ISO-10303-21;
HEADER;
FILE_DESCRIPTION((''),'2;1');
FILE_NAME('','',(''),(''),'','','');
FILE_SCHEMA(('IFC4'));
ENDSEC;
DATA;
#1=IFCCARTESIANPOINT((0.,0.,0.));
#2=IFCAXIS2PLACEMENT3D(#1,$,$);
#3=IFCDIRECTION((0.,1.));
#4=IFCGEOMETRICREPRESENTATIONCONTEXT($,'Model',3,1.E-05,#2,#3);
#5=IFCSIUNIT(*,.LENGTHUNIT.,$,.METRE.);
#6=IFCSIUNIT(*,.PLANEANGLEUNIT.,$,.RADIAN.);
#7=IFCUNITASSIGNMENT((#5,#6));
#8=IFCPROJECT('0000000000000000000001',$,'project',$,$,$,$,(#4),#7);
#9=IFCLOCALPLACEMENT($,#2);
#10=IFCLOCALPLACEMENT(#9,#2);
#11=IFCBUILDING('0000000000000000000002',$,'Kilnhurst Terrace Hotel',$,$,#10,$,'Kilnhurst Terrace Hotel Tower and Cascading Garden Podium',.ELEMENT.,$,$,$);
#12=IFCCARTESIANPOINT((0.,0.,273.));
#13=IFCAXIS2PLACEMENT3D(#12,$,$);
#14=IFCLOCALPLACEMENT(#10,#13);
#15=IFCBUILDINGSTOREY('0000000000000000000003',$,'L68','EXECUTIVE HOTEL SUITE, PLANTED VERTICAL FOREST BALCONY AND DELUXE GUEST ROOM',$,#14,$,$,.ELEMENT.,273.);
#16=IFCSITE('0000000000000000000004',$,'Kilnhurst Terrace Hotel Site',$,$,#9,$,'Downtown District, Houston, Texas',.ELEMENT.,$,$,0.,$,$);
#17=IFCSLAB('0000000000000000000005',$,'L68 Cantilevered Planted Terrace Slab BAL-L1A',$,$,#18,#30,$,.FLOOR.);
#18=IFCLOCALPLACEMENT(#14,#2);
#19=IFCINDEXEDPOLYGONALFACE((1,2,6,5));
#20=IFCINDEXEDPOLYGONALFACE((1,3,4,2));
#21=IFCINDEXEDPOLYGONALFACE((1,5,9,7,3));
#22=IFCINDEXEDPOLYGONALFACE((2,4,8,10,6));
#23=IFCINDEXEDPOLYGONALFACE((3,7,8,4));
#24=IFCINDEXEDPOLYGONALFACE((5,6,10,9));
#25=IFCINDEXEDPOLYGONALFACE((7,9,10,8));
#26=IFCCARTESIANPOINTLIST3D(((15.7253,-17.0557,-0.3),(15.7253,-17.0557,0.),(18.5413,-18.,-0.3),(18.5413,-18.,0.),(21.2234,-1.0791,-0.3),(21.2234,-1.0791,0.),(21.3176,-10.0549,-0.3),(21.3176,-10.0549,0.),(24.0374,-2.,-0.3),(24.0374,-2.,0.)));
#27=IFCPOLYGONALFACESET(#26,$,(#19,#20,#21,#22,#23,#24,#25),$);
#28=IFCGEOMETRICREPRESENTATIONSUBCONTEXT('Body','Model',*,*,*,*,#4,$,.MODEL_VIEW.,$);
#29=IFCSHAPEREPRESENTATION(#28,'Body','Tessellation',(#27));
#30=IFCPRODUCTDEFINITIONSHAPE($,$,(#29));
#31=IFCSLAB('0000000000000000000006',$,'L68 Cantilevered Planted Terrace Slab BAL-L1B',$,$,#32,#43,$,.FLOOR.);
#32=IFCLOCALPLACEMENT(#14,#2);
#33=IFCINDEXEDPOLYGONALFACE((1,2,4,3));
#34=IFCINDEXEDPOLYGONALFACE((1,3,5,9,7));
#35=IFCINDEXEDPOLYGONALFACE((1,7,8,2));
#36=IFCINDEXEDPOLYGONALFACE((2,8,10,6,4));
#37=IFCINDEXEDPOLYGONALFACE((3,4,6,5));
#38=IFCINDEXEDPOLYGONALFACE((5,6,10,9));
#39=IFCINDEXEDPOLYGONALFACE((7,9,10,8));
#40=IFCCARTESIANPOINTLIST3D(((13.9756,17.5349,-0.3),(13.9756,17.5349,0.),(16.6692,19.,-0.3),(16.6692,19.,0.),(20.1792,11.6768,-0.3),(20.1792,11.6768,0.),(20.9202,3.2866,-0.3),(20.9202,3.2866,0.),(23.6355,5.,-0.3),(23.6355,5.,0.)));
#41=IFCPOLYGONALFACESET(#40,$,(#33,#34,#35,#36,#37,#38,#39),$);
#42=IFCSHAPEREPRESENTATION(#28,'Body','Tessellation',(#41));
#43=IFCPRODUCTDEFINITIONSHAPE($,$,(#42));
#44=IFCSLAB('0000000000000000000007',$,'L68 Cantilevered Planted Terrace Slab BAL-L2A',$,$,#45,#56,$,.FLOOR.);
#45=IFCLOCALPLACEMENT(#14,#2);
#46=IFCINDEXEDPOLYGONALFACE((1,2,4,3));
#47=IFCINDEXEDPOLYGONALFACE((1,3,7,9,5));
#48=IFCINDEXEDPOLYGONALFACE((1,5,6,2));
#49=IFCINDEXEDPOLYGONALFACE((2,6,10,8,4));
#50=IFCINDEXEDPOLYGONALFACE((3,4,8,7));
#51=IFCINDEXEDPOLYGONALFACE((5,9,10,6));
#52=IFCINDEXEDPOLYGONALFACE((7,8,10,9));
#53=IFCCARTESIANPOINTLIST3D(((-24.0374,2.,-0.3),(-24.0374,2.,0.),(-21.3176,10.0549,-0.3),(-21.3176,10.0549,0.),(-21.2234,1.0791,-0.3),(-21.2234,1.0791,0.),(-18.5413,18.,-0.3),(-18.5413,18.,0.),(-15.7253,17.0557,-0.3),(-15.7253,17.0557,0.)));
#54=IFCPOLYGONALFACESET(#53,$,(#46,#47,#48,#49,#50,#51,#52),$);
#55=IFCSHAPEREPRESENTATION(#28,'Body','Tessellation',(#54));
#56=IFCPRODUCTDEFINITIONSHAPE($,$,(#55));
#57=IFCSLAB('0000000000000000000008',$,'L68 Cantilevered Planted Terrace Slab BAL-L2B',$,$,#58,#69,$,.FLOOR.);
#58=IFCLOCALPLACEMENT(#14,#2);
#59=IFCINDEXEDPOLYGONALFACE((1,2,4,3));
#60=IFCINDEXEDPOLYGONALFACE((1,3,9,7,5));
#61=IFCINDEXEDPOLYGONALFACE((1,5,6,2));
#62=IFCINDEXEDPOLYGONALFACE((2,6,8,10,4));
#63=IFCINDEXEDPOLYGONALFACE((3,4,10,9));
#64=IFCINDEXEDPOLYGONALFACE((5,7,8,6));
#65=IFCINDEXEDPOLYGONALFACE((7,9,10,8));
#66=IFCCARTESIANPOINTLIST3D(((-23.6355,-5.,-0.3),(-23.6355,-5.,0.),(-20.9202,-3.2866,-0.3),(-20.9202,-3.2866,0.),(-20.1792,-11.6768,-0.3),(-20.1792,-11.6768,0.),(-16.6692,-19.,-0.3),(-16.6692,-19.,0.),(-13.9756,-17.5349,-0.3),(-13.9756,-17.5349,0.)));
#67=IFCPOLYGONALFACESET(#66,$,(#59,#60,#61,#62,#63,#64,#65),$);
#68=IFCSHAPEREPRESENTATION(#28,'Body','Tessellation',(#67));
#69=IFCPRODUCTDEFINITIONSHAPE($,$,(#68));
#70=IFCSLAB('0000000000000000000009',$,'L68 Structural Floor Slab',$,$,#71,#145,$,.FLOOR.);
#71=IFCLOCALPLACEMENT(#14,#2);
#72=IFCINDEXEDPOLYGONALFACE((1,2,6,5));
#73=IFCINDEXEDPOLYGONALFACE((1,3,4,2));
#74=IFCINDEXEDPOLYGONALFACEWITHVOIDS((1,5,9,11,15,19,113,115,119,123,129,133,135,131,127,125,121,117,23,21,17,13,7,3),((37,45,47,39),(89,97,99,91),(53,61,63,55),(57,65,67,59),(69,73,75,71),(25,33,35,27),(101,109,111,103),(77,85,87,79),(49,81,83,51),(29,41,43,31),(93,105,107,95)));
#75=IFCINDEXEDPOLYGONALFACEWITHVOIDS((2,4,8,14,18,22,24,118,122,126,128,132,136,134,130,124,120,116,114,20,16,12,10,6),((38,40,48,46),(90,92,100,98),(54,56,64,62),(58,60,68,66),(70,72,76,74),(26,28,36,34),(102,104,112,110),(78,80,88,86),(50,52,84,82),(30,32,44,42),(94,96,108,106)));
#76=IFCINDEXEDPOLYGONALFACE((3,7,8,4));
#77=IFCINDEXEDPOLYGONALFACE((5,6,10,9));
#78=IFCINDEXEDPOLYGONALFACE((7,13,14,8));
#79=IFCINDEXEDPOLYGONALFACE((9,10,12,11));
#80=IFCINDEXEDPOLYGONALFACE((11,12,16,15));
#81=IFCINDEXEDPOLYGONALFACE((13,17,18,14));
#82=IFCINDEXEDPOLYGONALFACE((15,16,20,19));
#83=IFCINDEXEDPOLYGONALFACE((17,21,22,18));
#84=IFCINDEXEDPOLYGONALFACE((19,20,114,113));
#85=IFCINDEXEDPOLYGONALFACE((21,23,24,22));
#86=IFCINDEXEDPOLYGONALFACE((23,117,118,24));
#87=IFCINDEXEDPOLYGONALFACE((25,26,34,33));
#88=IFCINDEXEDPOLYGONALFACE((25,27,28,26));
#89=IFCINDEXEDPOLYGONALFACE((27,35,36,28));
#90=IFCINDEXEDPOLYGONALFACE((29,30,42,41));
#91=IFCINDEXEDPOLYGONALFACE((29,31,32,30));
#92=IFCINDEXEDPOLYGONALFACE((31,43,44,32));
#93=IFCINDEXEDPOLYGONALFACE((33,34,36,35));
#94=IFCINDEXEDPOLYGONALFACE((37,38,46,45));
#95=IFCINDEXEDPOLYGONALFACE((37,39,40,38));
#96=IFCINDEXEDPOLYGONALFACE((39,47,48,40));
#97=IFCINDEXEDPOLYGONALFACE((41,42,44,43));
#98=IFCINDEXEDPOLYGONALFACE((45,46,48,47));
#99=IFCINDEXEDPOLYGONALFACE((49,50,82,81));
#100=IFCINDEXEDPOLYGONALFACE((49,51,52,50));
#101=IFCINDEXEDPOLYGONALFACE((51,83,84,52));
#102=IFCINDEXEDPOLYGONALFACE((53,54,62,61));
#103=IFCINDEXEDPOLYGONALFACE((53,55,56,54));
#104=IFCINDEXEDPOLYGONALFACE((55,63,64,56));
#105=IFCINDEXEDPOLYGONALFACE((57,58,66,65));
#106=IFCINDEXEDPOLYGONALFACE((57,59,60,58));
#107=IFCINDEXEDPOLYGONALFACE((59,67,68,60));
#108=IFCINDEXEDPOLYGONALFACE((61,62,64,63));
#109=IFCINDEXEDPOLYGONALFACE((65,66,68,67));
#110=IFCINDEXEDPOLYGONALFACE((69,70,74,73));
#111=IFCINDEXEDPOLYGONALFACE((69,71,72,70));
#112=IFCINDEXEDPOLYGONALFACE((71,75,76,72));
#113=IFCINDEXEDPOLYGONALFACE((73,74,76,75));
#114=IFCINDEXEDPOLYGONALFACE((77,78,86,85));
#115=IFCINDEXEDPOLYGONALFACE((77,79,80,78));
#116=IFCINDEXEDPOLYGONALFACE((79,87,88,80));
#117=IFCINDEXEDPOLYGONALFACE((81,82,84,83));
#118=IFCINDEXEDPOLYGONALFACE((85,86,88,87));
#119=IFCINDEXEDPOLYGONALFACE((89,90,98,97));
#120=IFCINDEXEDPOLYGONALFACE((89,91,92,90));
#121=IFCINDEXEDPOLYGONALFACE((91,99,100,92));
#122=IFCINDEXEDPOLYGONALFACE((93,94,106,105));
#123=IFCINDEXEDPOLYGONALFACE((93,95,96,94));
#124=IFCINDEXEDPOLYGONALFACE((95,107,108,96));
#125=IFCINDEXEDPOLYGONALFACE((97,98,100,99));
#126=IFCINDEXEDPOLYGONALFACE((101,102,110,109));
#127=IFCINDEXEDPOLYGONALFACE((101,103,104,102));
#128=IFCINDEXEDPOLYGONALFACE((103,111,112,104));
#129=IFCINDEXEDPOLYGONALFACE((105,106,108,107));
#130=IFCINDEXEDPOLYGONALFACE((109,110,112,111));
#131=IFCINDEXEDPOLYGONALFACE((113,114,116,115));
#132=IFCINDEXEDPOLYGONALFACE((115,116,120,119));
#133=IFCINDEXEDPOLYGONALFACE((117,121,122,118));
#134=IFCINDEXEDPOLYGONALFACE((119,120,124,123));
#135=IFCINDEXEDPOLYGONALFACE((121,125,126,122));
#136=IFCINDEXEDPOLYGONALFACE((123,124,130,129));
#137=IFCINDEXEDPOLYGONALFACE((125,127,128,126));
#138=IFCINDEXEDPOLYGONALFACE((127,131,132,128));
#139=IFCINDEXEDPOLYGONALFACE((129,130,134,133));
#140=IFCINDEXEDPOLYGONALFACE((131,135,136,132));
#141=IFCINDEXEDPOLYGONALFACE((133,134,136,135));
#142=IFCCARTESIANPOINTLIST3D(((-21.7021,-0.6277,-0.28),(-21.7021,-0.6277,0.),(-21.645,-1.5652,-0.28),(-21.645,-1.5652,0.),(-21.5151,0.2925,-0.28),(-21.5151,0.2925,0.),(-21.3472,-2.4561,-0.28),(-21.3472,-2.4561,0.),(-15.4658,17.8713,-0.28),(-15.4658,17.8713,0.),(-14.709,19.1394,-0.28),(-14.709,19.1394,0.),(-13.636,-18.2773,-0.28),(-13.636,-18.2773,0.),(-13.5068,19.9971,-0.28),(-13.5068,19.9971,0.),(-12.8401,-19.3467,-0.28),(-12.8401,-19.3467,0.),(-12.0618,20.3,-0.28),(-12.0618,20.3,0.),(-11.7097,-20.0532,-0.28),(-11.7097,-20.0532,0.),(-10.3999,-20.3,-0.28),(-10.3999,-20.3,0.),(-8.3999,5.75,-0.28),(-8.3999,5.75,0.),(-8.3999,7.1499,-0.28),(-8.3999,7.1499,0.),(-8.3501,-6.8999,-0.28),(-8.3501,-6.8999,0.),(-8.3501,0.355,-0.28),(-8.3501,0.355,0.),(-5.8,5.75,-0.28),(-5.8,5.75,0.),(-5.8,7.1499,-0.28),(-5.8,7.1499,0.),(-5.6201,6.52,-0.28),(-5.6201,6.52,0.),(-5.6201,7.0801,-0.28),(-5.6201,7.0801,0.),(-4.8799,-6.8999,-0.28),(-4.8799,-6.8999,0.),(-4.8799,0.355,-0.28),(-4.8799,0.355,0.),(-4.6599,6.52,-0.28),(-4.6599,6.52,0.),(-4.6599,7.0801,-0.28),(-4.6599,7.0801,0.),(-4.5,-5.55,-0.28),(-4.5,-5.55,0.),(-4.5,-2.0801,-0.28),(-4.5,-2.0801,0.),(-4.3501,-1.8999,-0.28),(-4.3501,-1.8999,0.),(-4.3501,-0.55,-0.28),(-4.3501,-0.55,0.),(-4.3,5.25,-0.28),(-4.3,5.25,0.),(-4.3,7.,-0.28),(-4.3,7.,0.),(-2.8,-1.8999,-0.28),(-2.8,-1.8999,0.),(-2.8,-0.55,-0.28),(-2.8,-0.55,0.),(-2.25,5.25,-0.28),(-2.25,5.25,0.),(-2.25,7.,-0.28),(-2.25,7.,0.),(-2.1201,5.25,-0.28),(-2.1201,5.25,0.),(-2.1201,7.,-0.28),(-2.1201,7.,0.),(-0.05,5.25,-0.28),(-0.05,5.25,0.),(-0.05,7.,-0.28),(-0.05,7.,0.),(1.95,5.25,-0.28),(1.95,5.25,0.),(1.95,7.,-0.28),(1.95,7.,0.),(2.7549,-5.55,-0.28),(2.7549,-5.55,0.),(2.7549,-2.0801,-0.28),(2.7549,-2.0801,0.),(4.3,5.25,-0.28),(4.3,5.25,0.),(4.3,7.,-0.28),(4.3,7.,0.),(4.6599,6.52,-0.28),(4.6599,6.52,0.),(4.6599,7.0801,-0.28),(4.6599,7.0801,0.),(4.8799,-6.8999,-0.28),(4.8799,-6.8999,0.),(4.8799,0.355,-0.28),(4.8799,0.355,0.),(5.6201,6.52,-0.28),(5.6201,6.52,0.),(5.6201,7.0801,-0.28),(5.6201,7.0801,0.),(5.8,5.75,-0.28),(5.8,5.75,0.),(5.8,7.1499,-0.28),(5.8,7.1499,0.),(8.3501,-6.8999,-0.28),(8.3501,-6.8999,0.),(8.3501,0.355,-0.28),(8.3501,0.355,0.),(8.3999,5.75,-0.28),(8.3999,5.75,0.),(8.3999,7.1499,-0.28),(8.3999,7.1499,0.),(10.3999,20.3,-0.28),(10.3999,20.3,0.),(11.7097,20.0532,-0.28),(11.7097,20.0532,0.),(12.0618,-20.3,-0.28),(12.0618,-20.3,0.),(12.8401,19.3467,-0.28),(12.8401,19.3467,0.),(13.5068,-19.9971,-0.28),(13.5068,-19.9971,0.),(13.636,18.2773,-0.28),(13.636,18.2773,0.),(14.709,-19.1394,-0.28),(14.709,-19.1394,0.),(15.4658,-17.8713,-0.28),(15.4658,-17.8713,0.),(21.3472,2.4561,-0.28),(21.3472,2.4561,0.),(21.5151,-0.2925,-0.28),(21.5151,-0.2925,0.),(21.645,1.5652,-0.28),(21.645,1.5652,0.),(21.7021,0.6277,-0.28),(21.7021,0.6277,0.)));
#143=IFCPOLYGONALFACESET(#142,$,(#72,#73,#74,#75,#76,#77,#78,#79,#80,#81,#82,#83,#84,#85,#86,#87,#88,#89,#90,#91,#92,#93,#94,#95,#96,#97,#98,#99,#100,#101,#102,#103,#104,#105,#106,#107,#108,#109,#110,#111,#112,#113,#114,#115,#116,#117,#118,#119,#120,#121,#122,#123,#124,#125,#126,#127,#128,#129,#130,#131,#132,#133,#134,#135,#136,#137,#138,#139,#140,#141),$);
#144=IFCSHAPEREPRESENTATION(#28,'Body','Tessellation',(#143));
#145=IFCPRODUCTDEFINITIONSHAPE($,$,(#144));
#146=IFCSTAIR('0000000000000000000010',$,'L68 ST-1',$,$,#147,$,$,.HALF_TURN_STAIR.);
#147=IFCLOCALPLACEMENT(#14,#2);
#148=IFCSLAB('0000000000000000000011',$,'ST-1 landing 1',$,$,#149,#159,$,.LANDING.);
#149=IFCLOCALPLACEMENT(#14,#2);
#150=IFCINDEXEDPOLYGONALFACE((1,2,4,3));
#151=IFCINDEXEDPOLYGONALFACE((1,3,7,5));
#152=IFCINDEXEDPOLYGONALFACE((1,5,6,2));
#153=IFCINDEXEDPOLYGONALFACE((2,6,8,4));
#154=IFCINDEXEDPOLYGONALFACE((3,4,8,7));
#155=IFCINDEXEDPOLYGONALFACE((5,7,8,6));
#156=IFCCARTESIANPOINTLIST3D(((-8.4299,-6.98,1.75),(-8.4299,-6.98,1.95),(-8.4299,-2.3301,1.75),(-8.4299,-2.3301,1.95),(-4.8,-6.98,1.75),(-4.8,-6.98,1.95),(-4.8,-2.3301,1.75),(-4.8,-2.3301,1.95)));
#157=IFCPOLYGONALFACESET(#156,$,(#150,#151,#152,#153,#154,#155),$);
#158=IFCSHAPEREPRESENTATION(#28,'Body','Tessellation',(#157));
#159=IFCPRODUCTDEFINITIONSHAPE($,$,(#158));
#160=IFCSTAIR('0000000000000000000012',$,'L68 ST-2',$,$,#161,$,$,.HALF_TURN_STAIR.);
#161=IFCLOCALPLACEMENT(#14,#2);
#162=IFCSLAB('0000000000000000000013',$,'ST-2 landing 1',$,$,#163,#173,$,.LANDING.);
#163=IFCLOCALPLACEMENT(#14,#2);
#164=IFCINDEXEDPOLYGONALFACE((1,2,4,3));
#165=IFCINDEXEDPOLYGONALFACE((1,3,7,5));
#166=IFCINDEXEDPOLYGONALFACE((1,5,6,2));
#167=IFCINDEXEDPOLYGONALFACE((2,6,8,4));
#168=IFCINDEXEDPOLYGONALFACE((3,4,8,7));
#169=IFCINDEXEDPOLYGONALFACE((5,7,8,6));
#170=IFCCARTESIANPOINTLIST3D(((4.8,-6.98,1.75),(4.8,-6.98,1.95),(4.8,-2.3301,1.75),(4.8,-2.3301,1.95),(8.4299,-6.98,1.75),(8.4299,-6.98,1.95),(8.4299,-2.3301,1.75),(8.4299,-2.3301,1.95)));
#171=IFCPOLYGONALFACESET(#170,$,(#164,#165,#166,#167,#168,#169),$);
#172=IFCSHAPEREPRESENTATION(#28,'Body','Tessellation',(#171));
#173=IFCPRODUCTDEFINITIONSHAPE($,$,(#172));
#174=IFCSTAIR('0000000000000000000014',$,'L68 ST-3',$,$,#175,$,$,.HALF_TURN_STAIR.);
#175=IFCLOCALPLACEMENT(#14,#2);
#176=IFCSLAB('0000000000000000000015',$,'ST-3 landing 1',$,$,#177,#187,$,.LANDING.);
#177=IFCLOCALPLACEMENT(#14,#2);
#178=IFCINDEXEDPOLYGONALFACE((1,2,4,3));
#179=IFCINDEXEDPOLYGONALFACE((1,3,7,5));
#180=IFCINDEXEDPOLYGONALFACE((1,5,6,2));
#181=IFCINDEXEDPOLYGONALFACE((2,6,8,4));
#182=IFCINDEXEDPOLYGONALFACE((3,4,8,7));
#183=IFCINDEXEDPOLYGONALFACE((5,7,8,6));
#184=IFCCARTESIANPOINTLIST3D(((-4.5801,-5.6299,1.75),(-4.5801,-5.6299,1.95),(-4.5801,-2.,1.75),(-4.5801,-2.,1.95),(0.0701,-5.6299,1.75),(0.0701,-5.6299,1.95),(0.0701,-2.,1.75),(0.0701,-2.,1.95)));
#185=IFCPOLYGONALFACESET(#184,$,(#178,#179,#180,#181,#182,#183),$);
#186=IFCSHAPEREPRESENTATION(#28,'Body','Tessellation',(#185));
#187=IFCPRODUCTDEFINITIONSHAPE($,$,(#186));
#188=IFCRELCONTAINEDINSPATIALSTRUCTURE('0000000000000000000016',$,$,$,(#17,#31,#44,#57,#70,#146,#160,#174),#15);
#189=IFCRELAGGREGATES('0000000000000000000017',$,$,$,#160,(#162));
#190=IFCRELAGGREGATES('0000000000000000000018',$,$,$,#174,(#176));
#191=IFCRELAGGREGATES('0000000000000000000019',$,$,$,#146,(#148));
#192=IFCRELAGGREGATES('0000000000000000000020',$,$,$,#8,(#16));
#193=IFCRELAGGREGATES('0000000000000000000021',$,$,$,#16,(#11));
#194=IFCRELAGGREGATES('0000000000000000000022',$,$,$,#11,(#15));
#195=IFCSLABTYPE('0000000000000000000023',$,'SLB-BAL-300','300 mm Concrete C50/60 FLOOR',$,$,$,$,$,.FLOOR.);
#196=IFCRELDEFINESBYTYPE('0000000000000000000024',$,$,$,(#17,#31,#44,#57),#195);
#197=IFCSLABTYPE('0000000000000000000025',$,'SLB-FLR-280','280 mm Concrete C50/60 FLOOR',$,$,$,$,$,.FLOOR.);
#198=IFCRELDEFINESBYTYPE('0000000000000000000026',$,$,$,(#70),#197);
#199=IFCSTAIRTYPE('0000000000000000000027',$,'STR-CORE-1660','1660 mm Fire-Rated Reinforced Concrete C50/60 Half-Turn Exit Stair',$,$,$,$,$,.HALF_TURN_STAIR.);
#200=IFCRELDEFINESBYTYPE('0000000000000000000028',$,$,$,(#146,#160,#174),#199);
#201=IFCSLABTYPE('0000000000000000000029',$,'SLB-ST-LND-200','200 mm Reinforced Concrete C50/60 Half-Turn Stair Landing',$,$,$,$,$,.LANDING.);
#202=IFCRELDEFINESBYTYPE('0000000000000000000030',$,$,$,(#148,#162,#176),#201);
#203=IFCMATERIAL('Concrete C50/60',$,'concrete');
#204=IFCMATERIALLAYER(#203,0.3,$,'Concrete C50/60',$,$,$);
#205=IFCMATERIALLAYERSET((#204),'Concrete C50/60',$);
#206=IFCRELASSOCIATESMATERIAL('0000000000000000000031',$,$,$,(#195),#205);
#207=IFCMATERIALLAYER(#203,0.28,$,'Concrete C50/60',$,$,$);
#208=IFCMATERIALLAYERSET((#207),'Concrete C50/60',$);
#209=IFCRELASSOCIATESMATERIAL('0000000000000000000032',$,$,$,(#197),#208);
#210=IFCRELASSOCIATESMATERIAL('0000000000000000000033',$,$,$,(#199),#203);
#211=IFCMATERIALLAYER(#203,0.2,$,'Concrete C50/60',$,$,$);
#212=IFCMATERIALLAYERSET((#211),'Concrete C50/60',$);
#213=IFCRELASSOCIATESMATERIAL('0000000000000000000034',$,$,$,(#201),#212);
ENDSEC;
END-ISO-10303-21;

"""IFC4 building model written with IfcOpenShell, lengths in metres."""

from ifc_helpers import new_model, si_unit, direction, frame, origin, place, context, subcontext, project, spatial, polyline, outline, extrude, material, layer, layer_set, type_object, element, aggregate, save


model = new_model("IFC4")

# Units and contexts
model_context = context("Model", 3, precision=1e-05, world=origin(), true_north=direction((0.0, 1.0)))
body_context = subcontext(model_context, "Body", "Model", "MODEL_VIEW")
ifc_project = project(units=[si_unit("LENGTHUNIT", "METRE"), si_unit("PLANEANGLEUNIT", "RADIAN")], contexts=[model_context])

# Site, building, storey
site_placement = place(None, origin())
site = spatial("IfcSite", under=ifc_project, at=site_placement, Name="Kilnhurst Terrace Hotel Site", LongName="Downtown District, Houston, Texas", CompositionType="ELEMENT", RefElevation=0.0)
building_placement = place(site_placement, origin())
building = spatial("IfcBuilding", under=site, at=building_placement, Name="Kilnhurst Terrace Hotel", LongName="Kilnhurst Terrace Hotel Tower and Cascading Garden Podium", CompositionType="ELEMENT")
storey_placement = place(building_placement, frame((0.0, 0.0, 273.0)))
storey = spatial("IfcBuildingStorey", under=building, at=storey_placement, Name="L68", Description="EXECUTIVE HOTEL SUITE, PLANTED VERTICAL FOREST BALCONY AND DELUXE GUEST ROOM", CompositionType="ELEMENT", Elevation=273.0)

# Slabs
ifc_material_1 = material(Name="Concrete C50/60", Category="concrete")
ifc_layer_1 = layer(ifc_material_1, 0.3, Name="Concrete C50/60")
ifc_layer_set_1 = layer_set([ifc_layer_1], Name="Concrete C50/60")
slab_type_1 = type_object("IfcSlabType", Name="SLB-BAL-300", Description="300 mm Concrete C50/60 FLOOR", PredefinedType="FLOOR", material=ifc_layer_set_1)
slab_1_placement = place(storey_placement, frame((0.0, 0.0, -0.3)))
element("IfcSlab", 1, at=slab_1_placement, inside=storey, type_object=slab_type_1, Name="L68 Cantilevered Planted Terrace Slab BAL-L1A", PredefinedType="FLOOR", context=body_context, shape_type="SweptSolid", body=[
    extrude(outline(polyline([(21.3176, -10.0549), (18.5413, -18.0), (15.7253, -17.0557), (21.2234, -1.0791), (24.0374, -2.0), (21.3176, -10.0549)])), origin(), (0.0, 0.0, 1.0), 0.3),
])
slab_2_placement = place(storey_placement, frame((0.0, 0.0, -0.3)))
element("IfcSlab", 2, at=slab_2_placement, inside=storey, type_object=slab_type_1, Name="L68 Cantilevered Planted Terrace Slab BAL-L1B", PredefinedType="FLOOR", context=body_context, shape_type="SweptSolid", body=[
    extrude(outline(polyline([(23.6355, 5.0), (20.9202, 3.2866), (13.9756, 17.5349), (16.6692, 19.0), (20.1792, 11.6768), (23.6355, 5.0)])), origin(), (0.0, 0.0, 1.0), 0.3),
])
slab_3_placement = place(storey_placement, frame((0.0, 0.0, -0.3)))
element("IfcSlab", 3, at=slab_3_placement, inside=storey, type_object=slab_type_1, Name="L68 Cantilevered Planted Terrace Slab BAL-L2A", PredefinedType="FLOOR", context=body_context, shape_type="SweptSolid", body=[
    extrude(outline(polyline([(-18.5413, 18.0), (-15.7253, 17.0557), (-21.2234, 1.0791), (-24.0374, 2.0), (-21.3176, 10.0549), (-18.5413, 18.0)])), origin(), (0.0, 0.0, 1.0), 0.3),
])
slab_4_placement = place(storey_placement, frame((0.0, 0.0, -0.3)))
element("IfcSlab", 4, at=slab_4_placement, inside=storey, type_object=slab_type_1, Name="L68 Cantilevered Planted Terrace Slab BAL-L2B", PredefinedType="FLOOR", context=body_context, shape_type="SweptSolid", body=[
    extrude(outline(polyline([(-23.6355, -5.0), (-20.9202, -3.2866), (-13.9756, -17.5349), (-16.6692, -19.0), (-20.1792, -11.6768), (-23.6355, -5.0)])), origin(), (0.0, 0.0, 1.0), 0.3),
])
ifc_layer_2 = layer(ifc_material_1, 0.28, Name="Concrete C50/60")
ifc_layer_set_2 = layer_set([ifc_layer_2], Name="Concrete C50/60")
slab_type_2 = type_object("IfcSlabType", Name="SLB-FLR-280", Description="280 mm Concrete C50/60 FLOOR", PredefinedType="FLOOR", material=ifc_layer_set_2)
slab_5_placement = place(storey_placement, frame((0.0, 0.0, -0.28)))
element("IfcSlab", 5, at=slab_5_placement, inside=storey, type_object=slab_type_2, Name="L68 Structural Floor Slab", PredefinedType="FLOOR", context=body_context, shape_type="SweptSolid", body=[
    extrude(outline(polyline([(-13.636, -18.2773), (-12.8401, -19.3467), (-11.7097, -20.0532), (-10.3999, -20.3), (12.0618, -20.3), (13.5068, -19.9971), (14.709, -19.1394), (15.4658, -17.8713), (21.5151, -0.2925), (21.7021, 0.6277), (21.645, 1.5652), (21.3472, 2.4561), (13.636, 18.2773), (12.8401, 19.3467), (11.7097, 20.0532), (10.3999, 20.3), (-12.0618, 20.3), (-13.5068, 19.9971), (-14.709, 19.1394), (-15.4658, 17.8713), (-21.5151, 0.2925), (-21.7021, -0.6277), (-21.645, -1.5652), (-21.3472, -2.4561), (-13.636, -18.2773)]), holes=[polyline([(-8.3501, 0.355), (-4.8799, 0.355), (-4.8799, -6.8999), (-8.3501, -6.8999), (-8.3501, 0.355)]), polyline([(-2.8, -1.8999), (-4.3501, -1.8999), (-4.3501, -0.55), (-2.8, -0.55), (-2.8, -1.8999)]), polyline([(-2.25, 5.25), (-4.3, 5.25), (-4.3, 7.0), (-2.25, 7.0), (-2.25, 5.25)]), polyline([(-2.1201, 5.25), (-2.1201, 7.0), (-0.05, 7.0), (-0.05, 5.25), (-2.1201, 5.25)]), polyline([(-8.3999, 5.75), (-8.3999, 7.1499), (-5.8, 7.1499), (-5.8, 5.75), (-8.3999, 5.75)]), polyline([(-4.6599, 6.52), (-5.6201, 6.52), (-5.6201, 7.0801), (-4.6599, 7.0801), (-4.6599, 6.52)]), polyline([(2.7549, -5.55), (-4.5, -5.55), (-4.5, -2.0801), (2.7549, -2.0801), (2.7549, -5.55)]), polyline([(8.3501, 0.355), (8.3501, -6.8999), (4.8799, -6.8999), (4.8799, 0.355), (8.3501, 0.355)]), polyline([(4.3, 5.25), (1.95, 5.25), (1.95, 7.0), (4.3, 7.0), (4.3, 5.25)]), polyline([(5.8, 5.75), (5.8, 7.1499), (8.3999, 7.1499), (8.3999, 5.75), (5.8, 5.75)]), polyline([(4.6599, 6.52), (4.6599, 7.0801), (5.6201, 7.0801), (5.6201, 6.52), (4.6599, 6.52)])]), origin(), (0.0, 0.0, 1.0), 0.28),
])

# Stairs, slabs
stair_type = type_object("IfcStairType", Name="STR-CORE-1660", Description="1660 mm Fire-Rated Reinforced Concrete C50/60 Half-Turn Exit Stair", PredefinedType="HALF_TURN_STAIR", material=ifc_material_1)
stair_1_placement = place(storey_placement, origin())
stair_1 = element("IfcStair", 6, at=stair_1_placement, inside=storey, type_object=stair_type, Name="L68 ST-1", PredefinedType="HALF_TURN_STAIR")
ifc_layer_3 = layer(ifc_material_1, 0.2, Name="Concrete C50/60")
ifc_layer_set_3 = layer_set([ifc_layer_3], Name="Concrete C50/60")
slab_type_3 = type_object("IfcSlabType", Name="SLB-ST-LND-200", Description="200 mm Reinforced Concrete C50/60 Half-Turn Stair Landing", PredefinedType="LANDING", material=ifc_layer_set_3)
slab_6_placement = place(storey_placement, frame((0.0, 0.0, 1.75)))
slab_6 = element("IfcSlab", 7, at=slab_6_placement, type_object=slab_type_3, Name="ST-1 landing 1", PredefinedType="LANDING", context=body_context, shape_type="SweptSolid", body=[
    extrude(outline(polyline([(-8.4299, -2.3301), (-4.8, -2.3301), (-4.8, -6.98), (-8.4299, -6.98), (-8.4299, -2.3301)])), origin(), (0.0, 0.0, 1.0), 0.2),
])
stair_2_placement = place(storey_placement, origin())
stair_2 = element("IfcStair", 8, at=stair_2_placement, inside=storey, type_object=stair_type, Name="L68 ST-2", PredefinedType="HALF_TURN_STAIR")
slab_7_placement = place(storey_placement, frame((0.0, 0.0, 1.75)))
slab_7 = element("IfcSlab", 9, at=slab_7_placement, type_object=slab_type_3, Name="ST-2 landing 1", PredefinedType="LANDING", context=body_context, shape_type="SweptSolid", body=[
    extrude(outline(polyline([(4.8, -2.3301), (8.4299, -2.3301), (8.4299, -6.98), (4.8, -6.98), (4.8, -2.3301)])), origin(), (0.0, 0.0, 1.0), 0.2),
])
aggregate(stair_2, [slab_7])
stair_3_placement = place(storey_placement, origin())
stair_3 = element("IfcStair", 10, at=stair_3_placement, inside=storey, type_object=stair_type, Name="L68 ST-3", PredefinedType="HALF_TURN_STAIR")
slab_8_placement = place(storey_placement, frame((0.0, 0.0, 1.75)))
slab_8 = element("IfcSlab", 11, at=slab_8_placement, type_object=slab_type_3, Name="ST-3 landing 1", PredefinedType="LANDING", context=body_context, shape_type="SweptSolid", body=[
    extrude(outline(polyline([(0.0701, -2.0), (0.0701, -5.6299), (-4.5801, -5.6299), (-4.5801, -2.0), (0.0701, -2.0)])), origin(), (0.0, 0.0, 1.0), 0.2),
])
aggregate(stair_3, [slab_8])

aggregate(stair_1, [slab_6])

save(model, "model.ifc")
